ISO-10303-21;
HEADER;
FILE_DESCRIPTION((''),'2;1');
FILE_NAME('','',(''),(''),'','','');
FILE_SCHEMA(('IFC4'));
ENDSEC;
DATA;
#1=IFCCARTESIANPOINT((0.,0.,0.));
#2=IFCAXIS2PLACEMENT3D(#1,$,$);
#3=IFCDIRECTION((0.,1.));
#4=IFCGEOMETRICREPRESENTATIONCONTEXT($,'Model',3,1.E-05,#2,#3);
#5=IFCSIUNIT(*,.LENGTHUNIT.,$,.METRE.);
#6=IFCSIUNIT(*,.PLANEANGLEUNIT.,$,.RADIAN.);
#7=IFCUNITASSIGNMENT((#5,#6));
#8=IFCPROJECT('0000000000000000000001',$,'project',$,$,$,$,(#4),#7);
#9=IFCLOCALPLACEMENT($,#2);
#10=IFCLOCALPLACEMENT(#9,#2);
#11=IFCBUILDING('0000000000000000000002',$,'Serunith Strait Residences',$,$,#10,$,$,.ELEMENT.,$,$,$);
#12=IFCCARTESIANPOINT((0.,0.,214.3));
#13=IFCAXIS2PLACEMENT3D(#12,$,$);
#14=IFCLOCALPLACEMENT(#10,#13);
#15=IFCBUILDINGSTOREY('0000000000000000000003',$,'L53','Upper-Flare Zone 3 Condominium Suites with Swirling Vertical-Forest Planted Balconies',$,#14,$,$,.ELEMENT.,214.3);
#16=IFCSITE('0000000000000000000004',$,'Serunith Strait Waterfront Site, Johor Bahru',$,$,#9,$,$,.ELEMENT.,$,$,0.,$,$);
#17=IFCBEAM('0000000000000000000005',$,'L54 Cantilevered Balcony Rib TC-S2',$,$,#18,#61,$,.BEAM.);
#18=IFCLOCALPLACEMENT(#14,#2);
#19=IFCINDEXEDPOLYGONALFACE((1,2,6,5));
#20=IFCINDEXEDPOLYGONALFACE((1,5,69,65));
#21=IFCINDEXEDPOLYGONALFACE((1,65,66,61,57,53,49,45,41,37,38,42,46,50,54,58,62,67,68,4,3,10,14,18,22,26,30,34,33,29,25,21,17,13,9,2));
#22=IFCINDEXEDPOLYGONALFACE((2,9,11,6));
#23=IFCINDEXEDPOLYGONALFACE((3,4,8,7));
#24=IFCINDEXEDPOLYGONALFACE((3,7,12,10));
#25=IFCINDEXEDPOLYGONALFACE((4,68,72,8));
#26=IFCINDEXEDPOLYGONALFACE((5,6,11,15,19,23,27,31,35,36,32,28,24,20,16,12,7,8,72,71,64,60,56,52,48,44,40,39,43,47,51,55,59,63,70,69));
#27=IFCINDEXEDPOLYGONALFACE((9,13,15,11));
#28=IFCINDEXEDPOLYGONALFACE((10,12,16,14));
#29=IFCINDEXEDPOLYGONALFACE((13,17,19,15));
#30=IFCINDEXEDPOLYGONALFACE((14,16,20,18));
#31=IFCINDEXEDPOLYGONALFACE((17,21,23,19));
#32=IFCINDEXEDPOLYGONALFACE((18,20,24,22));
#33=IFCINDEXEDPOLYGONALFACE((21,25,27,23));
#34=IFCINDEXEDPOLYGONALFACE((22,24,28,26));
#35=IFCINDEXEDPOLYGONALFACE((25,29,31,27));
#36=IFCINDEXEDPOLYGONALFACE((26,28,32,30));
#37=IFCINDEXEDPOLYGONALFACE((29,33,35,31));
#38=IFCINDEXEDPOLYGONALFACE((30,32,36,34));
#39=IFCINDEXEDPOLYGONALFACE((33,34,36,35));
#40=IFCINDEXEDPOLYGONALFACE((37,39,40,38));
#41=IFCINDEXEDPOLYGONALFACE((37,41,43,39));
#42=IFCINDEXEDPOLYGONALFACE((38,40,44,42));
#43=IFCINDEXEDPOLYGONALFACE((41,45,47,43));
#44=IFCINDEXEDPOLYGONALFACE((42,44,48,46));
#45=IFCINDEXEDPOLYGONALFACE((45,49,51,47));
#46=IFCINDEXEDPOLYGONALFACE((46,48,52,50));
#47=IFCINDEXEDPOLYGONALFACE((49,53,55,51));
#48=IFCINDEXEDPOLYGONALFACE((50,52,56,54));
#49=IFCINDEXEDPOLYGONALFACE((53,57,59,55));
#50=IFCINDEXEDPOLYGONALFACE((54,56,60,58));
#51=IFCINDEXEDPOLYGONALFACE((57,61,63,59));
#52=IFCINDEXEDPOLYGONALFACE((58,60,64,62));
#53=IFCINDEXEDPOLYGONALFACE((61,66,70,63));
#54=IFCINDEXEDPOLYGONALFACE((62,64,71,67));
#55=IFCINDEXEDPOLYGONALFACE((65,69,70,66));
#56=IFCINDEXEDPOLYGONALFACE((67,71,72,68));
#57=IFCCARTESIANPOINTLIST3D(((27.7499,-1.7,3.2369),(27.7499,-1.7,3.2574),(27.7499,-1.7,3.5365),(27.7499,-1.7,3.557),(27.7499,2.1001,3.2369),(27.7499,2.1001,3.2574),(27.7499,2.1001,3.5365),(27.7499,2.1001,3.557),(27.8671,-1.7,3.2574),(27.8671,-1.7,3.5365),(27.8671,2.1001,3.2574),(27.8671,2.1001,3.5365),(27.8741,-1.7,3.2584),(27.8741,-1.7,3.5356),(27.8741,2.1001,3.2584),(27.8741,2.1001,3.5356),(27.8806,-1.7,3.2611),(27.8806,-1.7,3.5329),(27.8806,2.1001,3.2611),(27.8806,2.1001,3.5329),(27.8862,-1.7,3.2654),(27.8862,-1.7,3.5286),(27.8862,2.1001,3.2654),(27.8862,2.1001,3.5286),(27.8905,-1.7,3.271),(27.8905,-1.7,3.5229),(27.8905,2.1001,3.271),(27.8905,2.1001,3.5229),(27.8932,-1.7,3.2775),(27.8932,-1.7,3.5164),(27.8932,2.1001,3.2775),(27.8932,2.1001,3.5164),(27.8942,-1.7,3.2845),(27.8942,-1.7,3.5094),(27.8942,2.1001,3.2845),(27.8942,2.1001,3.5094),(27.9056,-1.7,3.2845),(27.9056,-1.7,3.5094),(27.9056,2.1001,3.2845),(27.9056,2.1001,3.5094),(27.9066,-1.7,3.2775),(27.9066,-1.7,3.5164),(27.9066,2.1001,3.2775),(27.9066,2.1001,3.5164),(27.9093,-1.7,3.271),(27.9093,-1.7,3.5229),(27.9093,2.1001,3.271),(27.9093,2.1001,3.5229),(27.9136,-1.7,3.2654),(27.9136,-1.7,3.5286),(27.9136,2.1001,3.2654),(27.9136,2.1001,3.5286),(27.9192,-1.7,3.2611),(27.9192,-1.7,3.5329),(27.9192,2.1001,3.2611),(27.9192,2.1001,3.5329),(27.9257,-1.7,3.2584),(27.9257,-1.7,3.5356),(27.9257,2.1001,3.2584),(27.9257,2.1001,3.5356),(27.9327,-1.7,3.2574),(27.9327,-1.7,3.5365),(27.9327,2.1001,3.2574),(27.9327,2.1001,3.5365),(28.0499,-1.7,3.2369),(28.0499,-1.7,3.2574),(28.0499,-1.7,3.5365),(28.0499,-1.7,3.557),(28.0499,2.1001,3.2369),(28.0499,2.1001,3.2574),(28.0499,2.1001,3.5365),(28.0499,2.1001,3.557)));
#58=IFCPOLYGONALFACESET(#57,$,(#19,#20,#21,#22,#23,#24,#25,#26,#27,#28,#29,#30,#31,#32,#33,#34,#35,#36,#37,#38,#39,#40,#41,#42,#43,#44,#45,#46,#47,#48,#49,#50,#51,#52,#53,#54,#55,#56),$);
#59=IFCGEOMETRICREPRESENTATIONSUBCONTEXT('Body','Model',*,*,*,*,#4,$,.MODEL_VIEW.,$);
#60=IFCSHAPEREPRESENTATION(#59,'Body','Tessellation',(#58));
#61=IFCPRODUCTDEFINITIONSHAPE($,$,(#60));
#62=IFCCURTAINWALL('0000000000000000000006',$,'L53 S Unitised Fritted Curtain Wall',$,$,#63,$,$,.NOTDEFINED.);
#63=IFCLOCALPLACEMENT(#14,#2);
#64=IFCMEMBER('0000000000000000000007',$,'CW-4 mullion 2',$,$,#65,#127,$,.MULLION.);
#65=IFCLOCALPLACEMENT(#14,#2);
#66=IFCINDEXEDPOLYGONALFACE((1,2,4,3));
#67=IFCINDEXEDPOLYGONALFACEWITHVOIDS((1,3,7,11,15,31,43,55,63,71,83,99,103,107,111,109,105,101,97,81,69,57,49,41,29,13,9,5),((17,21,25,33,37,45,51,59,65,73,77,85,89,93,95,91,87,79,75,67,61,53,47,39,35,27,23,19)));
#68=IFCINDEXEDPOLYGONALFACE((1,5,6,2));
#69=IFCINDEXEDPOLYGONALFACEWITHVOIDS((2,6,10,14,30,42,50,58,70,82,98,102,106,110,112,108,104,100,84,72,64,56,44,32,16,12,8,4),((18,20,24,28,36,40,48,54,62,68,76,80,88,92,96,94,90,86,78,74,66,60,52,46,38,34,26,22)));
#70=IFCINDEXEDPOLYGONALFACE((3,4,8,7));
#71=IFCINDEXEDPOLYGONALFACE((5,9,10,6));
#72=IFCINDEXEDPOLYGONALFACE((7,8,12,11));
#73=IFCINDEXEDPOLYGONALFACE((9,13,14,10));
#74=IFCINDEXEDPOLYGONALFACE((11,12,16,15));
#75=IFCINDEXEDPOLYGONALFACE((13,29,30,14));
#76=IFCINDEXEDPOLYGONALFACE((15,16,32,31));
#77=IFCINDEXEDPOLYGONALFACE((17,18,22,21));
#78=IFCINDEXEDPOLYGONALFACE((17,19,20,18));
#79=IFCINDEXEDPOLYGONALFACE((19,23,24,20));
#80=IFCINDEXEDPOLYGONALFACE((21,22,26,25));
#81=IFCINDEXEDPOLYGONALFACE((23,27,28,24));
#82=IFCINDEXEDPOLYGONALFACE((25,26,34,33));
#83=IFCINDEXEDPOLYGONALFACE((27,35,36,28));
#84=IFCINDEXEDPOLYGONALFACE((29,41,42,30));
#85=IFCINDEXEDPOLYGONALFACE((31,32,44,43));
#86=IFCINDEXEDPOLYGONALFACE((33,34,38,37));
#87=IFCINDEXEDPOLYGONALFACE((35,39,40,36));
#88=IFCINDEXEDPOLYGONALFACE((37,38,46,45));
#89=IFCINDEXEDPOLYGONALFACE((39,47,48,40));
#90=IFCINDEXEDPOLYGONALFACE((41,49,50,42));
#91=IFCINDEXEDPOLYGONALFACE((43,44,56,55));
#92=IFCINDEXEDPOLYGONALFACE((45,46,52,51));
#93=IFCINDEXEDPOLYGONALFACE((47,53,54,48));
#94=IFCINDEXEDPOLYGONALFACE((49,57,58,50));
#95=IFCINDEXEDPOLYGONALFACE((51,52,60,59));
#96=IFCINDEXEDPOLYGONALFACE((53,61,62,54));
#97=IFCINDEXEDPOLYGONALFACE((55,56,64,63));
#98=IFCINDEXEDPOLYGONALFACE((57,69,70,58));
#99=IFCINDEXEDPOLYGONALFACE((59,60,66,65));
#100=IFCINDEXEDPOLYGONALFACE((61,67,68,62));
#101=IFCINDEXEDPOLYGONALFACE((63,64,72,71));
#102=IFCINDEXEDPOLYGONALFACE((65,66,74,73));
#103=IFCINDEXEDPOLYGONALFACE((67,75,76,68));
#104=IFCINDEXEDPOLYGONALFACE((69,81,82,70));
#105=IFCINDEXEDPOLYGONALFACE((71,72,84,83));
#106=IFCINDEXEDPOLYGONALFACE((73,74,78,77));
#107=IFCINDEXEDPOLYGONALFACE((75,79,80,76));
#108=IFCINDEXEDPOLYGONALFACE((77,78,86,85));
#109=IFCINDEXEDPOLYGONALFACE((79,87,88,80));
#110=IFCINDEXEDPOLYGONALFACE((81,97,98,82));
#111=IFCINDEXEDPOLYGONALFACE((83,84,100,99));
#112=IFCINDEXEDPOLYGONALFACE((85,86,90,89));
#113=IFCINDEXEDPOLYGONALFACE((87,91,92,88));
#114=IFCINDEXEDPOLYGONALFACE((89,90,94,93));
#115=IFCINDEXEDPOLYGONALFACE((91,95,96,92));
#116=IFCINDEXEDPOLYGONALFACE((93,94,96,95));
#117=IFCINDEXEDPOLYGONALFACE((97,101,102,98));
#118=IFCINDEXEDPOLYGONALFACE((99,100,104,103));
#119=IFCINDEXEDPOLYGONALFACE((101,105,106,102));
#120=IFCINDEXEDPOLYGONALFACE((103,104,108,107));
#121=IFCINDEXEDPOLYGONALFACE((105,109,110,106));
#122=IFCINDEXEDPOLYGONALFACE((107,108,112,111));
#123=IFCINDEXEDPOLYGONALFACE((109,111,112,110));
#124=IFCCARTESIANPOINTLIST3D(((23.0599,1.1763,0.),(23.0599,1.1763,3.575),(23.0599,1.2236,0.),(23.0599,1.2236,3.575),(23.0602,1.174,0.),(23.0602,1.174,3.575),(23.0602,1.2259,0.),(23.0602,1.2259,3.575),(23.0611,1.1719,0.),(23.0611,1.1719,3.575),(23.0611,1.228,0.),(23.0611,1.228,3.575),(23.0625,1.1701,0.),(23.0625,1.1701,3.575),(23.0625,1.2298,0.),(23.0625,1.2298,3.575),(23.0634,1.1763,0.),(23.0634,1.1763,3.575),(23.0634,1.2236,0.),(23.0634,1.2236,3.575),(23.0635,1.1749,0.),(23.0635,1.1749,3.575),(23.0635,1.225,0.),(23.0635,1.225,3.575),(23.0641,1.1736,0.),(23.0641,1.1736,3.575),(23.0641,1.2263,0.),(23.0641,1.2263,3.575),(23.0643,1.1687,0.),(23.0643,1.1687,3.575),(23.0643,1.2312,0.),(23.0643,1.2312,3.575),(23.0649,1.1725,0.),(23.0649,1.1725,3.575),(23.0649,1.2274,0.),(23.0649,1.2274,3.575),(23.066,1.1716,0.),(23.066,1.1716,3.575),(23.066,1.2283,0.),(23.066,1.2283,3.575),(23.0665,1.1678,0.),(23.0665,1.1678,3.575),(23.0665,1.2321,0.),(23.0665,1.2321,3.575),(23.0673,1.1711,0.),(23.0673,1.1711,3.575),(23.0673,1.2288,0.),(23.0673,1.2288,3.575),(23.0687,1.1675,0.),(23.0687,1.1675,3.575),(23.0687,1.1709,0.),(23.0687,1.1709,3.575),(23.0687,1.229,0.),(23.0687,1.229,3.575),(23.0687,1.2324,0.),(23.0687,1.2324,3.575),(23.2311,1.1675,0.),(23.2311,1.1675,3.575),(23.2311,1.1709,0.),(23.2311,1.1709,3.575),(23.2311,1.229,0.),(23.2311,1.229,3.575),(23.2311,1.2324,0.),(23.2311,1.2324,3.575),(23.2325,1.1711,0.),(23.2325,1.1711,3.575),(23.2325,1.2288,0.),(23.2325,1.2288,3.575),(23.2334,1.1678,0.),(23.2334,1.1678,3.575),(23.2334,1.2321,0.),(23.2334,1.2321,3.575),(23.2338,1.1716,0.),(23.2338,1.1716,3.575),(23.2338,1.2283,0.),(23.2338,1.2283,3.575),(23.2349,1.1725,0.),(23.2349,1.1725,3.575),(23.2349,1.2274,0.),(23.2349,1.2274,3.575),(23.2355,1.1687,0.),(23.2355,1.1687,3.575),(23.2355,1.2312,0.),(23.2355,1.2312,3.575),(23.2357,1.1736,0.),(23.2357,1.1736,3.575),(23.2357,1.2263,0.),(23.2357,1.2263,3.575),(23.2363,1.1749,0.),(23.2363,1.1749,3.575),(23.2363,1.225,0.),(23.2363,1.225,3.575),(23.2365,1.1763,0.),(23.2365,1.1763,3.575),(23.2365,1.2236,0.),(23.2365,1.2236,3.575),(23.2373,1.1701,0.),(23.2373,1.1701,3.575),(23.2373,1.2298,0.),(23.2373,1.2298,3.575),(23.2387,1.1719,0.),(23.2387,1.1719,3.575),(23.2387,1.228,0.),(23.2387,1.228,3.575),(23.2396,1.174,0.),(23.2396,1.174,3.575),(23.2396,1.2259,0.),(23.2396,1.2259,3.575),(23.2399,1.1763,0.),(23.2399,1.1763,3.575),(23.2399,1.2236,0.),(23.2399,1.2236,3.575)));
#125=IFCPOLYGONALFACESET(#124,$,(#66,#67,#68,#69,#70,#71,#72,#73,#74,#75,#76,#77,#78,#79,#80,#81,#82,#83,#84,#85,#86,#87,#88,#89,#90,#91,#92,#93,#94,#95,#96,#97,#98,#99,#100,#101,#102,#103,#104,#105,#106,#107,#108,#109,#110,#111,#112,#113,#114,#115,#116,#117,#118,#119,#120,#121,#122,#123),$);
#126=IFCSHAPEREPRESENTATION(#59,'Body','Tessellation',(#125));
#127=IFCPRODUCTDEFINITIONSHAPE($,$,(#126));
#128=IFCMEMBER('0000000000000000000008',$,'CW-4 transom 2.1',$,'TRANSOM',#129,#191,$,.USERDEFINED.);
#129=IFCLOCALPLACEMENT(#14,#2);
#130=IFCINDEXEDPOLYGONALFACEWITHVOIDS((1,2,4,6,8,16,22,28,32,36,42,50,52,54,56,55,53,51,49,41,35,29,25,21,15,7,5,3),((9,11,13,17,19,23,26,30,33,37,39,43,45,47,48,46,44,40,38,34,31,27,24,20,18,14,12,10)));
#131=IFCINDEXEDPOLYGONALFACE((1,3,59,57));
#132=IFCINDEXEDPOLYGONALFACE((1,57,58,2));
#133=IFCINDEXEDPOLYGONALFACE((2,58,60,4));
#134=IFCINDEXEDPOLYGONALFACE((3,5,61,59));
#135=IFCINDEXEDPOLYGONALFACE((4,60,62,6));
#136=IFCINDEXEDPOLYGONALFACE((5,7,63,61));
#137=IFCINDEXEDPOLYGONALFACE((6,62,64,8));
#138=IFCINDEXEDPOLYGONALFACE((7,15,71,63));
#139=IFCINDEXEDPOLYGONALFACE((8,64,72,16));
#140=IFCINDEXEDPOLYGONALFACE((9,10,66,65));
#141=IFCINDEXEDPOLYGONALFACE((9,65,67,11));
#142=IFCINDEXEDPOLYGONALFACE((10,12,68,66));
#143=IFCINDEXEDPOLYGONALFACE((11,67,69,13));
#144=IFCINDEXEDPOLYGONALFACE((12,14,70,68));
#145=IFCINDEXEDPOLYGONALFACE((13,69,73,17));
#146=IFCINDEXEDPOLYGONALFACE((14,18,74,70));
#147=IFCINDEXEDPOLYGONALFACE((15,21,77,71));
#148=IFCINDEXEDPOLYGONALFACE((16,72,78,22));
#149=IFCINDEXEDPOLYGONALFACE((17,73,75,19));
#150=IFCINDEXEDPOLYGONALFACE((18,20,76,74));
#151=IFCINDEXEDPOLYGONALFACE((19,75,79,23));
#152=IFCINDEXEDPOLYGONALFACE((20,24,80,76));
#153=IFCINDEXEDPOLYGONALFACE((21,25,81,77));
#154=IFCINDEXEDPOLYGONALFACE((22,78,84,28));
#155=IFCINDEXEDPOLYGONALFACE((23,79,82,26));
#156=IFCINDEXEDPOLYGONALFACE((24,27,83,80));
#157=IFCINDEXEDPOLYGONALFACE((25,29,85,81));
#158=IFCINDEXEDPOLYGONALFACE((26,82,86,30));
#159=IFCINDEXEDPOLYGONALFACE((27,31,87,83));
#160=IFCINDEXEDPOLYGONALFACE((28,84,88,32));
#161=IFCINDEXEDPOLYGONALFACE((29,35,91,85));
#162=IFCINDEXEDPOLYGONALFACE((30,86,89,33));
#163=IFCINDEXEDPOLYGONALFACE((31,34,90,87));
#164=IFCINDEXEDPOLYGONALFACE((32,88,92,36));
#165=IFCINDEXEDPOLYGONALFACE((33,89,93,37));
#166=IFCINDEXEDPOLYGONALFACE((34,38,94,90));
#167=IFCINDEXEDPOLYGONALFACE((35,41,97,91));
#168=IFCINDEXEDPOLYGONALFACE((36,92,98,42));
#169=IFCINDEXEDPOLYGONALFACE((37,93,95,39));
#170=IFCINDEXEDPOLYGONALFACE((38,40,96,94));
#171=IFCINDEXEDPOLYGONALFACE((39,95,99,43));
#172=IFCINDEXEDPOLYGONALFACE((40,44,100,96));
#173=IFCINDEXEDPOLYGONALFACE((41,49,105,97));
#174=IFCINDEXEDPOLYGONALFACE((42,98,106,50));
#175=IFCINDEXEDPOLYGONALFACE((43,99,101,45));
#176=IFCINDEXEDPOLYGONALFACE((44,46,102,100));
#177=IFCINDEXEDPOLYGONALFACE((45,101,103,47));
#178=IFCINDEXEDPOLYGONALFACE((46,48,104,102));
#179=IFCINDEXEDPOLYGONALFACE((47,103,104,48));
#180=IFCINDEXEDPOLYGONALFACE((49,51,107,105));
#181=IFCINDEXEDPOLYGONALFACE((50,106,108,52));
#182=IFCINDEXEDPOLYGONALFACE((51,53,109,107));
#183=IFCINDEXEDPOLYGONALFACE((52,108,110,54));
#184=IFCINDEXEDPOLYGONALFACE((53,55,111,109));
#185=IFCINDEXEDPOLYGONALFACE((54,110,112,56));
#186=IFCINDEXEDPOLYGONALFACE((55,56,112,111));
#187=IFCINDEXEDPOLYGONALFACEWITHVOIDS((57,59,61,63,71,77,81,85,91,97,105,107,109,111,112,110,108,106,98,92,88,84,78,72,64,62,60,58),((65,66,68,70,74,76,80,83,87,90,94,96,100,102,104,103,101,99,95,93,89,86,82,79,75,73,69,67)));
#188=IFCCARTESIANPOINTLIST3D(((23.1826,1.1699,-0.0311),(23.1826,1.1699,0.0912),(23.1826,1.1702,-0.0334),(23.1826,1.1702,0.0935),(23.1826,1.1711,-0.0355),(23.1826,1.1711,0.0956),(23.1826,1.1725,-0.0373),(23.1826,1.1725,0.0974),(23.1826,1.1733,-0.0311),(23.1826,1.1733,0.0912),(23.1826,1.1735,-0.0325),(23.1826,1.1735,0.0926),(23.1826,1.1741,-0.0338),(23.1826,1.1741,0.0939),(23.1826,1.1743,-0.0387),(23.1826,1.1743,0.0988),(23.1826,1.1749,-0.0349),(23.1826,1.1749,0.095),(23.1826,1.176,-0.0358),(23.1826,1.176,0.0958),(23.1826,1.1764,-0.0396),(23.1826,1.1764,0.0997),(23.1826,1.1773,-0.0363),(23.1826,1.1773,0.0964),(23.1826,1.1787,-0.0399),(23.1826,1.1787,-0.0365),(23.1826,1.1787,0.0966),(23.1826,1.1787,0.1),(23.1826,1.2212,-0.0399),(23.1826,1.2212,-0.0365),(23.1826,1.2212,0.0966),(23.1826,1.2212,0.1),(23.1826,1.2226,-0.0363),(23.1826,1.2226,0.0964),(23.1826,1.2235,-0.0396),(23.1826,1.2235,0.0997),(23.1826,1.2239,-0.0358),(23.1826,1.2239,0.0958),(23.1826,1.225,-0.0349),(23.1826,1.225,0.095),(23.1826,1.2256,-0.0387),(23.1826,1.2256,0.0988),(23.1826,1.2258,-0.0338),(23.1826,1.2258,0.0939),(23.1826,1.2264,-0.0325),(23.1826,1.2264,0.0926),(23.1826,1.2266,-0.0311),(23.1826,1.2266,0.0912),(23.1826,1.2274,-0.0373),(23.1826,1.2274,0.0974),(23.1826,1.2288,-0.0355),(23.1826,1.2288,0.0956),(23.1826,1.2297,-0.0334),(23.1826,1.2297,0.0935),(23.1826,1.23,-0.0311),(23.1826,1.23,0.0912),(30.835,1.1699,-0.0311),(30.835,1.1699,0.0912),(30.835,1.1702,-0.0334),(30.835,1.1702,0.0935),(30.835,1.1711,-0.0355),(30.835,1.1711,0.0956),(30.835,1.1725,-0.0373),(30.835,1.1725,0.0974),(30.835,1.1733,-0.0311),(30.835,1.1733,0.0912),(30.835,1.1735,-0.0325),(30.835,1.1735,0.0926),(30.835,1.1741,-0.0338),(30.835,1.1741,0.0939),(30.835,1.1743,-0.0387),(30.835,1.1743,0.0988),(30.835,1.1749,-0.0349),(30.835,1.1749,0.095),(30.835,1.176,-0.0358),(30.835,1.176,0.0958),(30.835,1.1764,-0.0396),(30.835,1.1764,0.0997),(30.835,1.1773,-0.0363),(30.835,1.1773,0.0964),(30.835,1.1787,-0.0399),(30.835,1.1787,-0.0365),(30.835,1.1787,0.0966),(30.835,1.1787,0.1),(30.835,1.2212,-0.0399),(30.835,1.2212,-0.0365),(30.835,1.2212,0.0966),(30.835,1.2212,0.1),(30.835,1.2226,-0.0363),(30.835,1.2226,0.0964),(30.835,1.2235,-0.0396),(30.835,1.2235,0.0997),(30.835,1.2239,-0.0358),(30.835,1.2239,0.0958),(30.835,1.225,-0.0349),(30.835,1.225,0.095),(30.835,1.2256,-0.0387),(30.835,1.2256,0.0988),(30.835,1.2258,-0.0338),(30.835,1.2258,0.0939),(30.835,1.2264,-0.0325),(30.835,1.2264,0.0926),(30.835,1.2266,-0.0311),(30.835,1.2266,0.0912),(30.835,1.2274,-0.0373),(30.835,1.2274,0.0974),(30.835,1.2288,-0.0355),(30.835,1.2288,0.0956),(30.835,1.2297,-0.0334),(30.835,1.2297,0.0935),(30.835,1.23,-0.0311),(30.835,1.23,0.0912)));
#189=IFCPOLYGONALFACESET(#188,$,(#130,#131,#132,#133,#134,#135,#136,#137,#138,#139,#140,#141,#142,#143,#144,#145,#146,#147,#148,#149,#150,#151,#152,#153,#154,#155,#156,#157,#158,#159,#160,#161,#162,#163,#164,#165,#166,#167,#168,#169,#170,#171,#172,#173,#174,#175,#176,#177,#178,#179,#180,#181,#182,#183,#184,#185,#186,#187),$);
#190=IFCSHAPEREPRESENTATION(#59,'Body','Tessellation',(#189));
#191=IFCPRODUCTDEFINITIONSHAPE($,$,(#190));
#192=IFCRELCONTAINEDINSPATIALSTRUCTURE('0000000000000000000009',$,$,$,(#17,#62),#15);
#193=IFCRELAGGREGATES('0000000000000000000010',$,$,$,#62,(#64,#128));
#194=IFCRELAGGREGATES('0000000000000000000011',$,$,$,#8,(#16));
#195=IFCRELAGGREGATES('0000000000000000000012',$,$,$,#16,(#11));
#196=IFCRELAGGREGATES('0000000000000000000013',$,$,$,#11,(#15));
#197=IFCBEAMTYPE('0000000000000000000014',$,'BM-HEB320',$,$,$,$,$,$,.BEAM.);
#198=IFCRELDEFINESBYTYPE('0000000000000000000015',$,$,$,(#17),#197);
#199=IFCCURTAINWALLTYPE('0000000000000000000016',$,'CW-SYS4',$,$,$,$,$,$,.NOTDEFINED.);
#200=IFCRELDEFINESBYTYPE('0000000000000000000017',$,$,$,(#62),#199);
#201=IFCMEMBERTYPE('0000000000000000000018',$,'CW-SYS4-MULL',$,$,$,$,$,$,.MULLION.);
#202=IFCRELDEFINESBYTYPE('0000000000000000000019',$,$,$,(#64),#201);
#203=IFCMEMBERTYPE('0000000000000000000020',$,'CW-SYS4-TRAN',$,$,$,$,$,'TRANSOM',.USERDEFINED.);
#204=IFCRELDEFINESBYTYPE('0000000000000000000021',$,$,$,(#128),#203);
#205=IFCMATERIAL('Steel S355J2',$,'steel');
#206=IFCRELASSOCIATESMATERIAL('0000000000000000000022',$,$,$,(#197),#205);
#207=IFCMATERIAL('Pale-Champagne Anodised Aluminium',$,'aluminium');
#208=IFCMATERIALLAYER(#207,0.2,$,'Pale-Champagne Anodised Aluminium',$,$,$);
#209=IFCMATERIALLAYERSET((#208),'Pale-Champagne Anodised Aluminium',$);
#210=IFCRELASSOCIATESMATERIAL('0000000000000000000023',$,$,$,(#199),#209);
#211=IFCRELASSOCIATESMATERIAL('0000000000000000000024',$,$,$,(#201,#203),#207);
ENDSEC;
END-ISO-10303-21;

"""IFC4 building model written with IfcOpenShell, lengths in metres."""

from ifc_helpers import new_model, si_unit, direction, frame, origin, origin_2d, place, context, subcontext, project, spatial, hollow_rectangle, i_section, extrude, source, transform, mapped, material, layer, layer_set, material_profile, profile_set, type_object, element, aggregate, save


model = new_model("IFC4")

# Units and contexts
model_context = context("Model", 3, precision=1e-05, world=origin(), true_north=direction((0.0, 1.0)))
body_context = subcontext(model_context, "Body", "Model", "MODEL_VIEW")
ifc_project = project(units=[si_unit("LENGTHUNIT", "METRE"), si_unit("PLANEANGLEUNIT", "RADIAN")], contexts=[model_context])

# Site, building, storey
site_placement = place(None, origin())
site = spatial("IfcSite", under=ifc_project, at=site_placement, Name="Serunith Strait Waterfront Site, Johor Bahru", CompositionType="ELEMENT", RefElevation=0.0)
building_placement = place(site_placement, origin())
building = spatial("IfcBuilding", under=site, at=building_placement, Name="Serunith Strait Residences", CompositionType="ELEMENT")
storey_placement = place(building_placement, frame((0.0, 0.0, 214.3)))
storey = spatial("IfcBuildingStorey", under=building, at=storey_placement, Name="L53", Description="Upper-Flare Zone 3 Condominium Suites with Swirling Vertical-Forest Planted Balconies", CompositionType="ELEMENT", Elevation=214.3)

# Beam
ifc_material_1 = material(Name="Steel S355J2", Category="steel")
ifc_material_profile_1 = material_profile(ifc_material_1, i_section(OverallWidth=0.3, OverallDepth=0.3201, WebThickness=0.0115, FlangeThickness=0.0205, FilletRadius=0.0271, at=origin_2d()), Name="HEB 320")
ifc_profile_set_1 = profile_set([ifc_material_profile_1], Name="Steel S355J2")
beam_type_1 = type_object("IfcBeamType", Name="BM-HEB320", PredefinedType="BEAM", material=ifc_profile_set_1)
shared_shape_1 = source(origin(), body_context, "Body", "SweptSolid", [
    extrude(i_section(OverallWidth=0.3, OverallDepth=0.3201, WebThickness=0.0115, FlangeThickness=0.0205, FilletRadius=0.0271, at=origin_2d()), origin(), (0.0, 0.0, 1.0), 3.8),
])
beam_1_placement = place(storey_placement, frame((27.8999, 2.1001, 3.397), z_axis=(0.0, -1.0, 0.0), x_axis=(1.0, 0.0, 0.0)))
element("IfcBeam", 1, at=beam_1_placement, inside=storey, type_object=beam_type_1, Name="L54 Cantilevered Balcony Rib TC-S2", PredefinedType="BEAM", context=body_context, shape_type="MappedRepresentation", body=[
    mapped(shared_shape_1, transform((0.0, 0.0, 0.0), scale=1.0)),
])

# Curtain wall, members
ifc_material_2 = material(Name="Pale-Champagne Anodised Aluminium", Category="aluminium")
ifc_layer_1 = layer(ifc_material_2, 0.2, Name="Pale-Champagne Anodised Aluminium")
ifc_layer_set_1 = layer_set([ifc_layer_1], Name="Pale-Champagne Anodised Aluminium")
curtain_wall_type = type_object("IfcCurtainWallType", Name="CW-SYS4", PredefinedType="NOTDEFINED", material=ifc_layer_set_1)
curtain_wall_placement = place(storey_placement, origin())
curtain_wall = element("IfcCurtainWall", 2, at=curtain_wall_placement, inside=storey, type_object=curtain_wall_type, Name="L53 S Unitised Fritted Curtain Wall", PredefinedType="NOTDEFINED")
ifc_material_profile_2 = material_profile(ifc_material_2, hollow_rectangle(XDim=0.0649, YDim=0.1799, WallThickness=0.0034, InnerFilletRadius=0.0054, OuterFilletRadius=0.0088, at=origin_2d()), Name="ALU 180x65x3.5")
ifc_profile_set_2 = profile_set([ifc_material_profile_2], Name="Pale-Champagne Anodised Aluminium")
member_type_1 = type_object("IfcMemberType", Name="CW-SYS4-MULL", PredefinedType="MULLION", material=ifc_profile_set_2)
shared_shape_2 = source(origin(), body_context, "Body", "SweptSolid", [
    extrude(hollow_rectangle(XDim=0.0649, YDim=0.1799, WallThickness=0.0034, InnerFilletRadius=0.0054, OuterFilletRadius=0.0088, at=origin_2d()), origin(), (0.0, 0.0, 1.0), 3.575),
])
member_1_placement = place(storey_placement, frame((23.1499, 1.2, 0.0), z_axis=(0.0, 0.0, 1.0), x_axis=(0.0, 1.0, 0.0)))
member_1 = element("IfcMember", 3, at=member_1_placement, type_object=member_type_1, Name="CW-4 mullion 2", PredefinedType="MULLION", context=body_context, shape_type="MappedRepresentation", body=[
    mapped(shared_shape_2, transform((0.0, 0.0, 0.0), scale=1.0)),
])
ifc_material_profile_3 = material_profile(ifc_material_2, hollow_rectangle(XDim=0.0601, YDim=0.1399, WallThickness=0.0034, InnerFilletRadius=0.0054, OuterFilletRadius=0.0088, at=origin_2d()), Name="ALU 140x60x3.5")
ifc_profile_set_3 = profile_set([ifc_material_profile_3], Name="Pale-Champagne Anodised Aluminium")
member_type_2 = type_object("IfcMemberType", Name="CW-SYS4-TRAN", ElementType="TRANSOM", PredefinedType="USERDEFINED", material=ifc_profile_set_3)
shared_shape_3 = source(origin(), body_context, "Body", "SweptSolid", [
    extrude(hollow_rectangle(XDim=0.0601, YDim=0.1399, WallThickness=0.0034, InnerFilletRadius=0.0054, OuterFilletRadius=0.0088, at=origin_2d()), origin(), (0.0, 0.0, 1.0), 7.6523),
])
member_2_placement = place(storey_placement, frame((23.1826, 1.2, 0.03), z_axis=(1.0, 0.0, 0.0), x_axis=(0.0, 1.0, 0.0)))
member_2 = element("IfcMember", 4, at=member_2_placement, type_object=member_type_2, Name="CW-4 transom 2.1", ObjectType="TRANSOM", PredefinedType="USERDEFINED", context=body_context, shape_type="MappedRepresentation", body=[
    mapped(shared_shape_3, transform((0.0, 0.0, 0.0), scale=1.0)),
])
aggregate(curtain_wall, [member_1, member_2])

save(model, "model.ifc")
